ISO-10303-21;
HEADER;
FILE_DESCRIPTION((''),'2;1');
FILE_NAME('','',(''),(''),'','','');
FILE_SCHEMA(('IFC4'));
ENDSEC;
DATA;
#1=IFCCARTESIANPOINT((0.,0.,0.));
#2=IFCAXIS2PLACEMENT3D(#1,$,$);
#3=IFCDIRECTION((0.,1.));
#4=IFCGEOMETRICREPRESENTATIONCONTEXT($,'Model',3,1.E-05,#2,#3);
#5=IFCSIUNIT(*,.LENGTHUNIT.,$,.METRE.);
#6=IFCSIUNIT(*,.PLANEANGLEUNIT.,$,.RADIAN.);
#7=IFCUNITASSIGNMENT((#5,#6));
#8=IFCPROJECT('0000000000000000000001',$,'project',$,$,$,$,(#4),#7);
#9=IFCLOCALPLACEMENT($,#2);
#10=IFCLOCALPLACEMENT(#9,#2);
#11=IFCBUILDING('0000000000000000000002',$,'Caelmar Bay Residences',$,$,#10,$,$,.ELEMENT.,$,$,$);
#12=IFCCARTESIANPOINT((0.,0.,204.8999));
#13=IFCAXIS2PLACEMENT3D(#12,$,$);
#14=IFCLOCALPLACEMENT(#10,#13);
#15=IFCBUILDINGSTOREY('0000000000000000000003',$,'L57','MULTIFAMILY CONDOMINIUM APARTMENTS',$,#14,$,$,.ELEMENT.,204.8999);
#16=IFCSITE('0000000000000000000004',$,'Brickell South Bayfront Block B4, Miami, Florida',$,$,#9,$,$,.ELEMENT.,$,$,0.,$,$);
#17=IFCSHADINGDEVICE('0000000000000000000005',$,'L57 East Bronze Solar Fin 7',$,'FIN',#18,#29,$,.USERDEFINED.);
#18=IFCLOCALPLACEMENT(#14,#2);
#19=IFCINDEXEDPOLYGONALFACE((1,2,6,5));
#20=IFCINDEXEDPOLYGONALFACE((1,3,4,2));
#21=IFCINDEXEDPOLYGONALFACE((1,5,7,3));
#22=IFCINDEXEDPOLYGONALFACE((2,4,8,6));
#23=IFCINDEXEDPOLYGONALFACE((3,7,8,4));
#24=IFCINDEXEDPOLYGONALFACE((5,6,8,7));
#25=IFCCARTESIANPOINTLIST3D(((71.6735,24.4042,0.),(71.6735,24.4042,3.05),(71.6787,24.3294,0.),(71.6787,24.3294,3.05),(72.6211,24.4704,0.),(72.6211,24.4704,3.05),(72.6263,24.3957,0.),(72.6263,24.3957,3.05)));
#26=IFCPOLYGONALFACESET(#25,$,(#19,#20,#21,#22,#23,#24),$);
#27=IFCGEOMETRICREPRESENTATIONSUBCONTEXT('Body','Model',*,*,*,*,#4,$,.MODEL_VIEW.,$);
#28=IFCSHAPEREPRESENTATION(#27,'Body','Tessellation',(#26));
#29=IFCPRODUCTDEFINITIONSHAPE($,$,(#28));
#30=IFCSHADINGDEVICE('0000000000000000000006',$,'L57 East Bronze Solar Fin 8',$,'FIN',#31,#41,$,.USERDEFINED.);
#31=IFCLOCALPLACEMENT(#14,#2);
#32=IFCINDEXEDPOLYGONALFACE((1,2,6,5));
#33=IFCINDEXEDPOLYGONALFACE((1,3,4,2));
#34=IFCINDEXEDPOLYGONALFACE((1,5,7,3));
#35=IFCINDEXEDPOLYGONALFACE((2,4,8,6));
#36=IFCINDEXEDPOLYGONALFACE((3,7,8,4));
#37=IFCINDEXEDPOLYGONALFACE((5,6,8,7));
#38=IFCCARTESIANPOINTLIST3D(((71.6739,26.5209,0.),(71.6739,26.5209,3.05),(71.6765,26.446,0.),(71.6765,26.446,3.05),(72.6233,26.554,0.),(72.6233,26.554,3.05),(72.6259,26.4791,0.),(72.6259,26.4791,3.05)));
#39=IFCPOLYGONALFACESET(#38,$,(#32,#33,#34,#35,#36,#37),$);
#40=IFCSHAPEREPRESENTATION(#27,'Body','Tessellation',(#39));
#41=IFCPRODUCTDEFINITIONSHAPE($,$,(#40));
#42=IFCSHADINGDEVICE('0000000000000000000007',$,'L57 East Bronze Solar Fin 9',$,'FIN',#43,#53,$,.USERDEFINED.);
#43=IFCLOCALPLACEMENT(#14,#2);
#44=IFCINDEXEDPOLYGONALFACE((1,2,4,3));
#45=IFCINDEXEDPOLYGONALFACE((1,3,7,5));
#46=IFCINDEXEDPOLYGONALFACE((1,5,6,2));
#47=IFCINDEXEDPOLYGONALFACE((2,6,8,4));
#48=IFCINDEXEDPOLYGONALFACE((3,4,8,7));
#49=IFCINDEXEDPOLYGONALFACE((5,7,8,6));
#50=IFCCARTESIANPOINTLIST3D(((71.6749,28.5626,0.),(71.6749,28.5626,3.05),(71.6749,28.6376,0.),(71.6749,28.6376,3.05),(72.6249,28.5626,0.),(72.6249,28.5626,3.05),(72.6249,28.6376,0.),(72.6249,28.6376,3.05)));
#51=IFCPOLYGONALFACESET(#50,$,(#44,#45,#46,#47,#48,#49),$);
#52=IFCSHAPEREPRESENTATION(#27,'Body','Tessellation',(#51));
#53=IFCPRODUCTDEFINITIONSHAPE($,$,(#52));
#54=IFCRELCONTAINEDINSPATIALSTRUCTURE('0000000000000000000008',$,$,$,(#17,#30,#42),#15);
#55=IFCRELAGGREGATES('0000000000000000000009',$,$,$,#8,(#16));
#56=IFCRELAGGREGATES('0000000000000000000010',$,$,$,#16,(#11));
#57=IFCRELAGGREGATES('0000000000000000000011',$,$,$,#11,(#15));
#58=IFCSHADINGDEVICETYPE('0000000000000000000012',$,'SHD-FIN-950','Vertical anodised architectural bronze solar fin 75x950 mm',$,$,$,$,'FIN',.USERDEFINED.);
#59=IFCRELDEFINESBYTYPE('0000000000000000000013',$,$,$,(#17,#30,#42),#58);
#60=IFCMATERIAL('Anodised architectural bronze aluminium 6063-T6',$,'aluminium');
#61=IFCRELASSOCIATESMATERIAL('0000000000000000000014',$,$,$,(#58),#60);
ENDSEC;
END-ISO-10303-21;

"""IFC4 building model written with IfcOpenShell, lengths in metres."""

from ifc_helpers import new_model, si_unit, direction, frame, origin, origin_2d, place, context, subcontext, project, spatial, rectangle, extrude, material, material_profile, profile_set, type_object, element, save


model = new_model("IFC4")

# Units and contexts
model_context = context("Model", 3, precision=1e-05, world=origin(), true_north=direction((0.0, 1.0)))
body_context = subcontext(model_context, "Body", "Model", "MODEL_VIEW")
ifc_project = project(units=[si_unit("LENGTHUNIT", "METRE"), si_unit("PLANEANGLEUNIT", "RADIAN")], contexts=[model_context])

# Site, building, storey
site_placement = place(None, origin())
site = spatial("IfcSite", under=ifc_project, at=site_placement, Name="Brickell South Bayfront Block B4, Miami, Florida", CompositionType="ELEMENT", RefElevation=0.0)
building_placement = place(site_placement, origin())
building = spatial("IfcBuilding", under=site, at=building_placement, Name="Caelmar Bay Residences", CompositionType="ELEMENT")
storey_placement = place(building_placement, frame((0.0, 0.0, 204.8999)))
storey = spatial("IfcBuildingStorey", under=building, at=storey_placement, Name="L57", Description="MULTIFAMILY CONDOMINIUM APARTMENTS", CompositionType="ELEMENT", Elevation=204.8999)

# Shading devices
ifc_material_1 = material(Name="Anodised architectural bronze aluminium 6063-T6", Category="aluminium")
ifc_material_profile_1 = material_profile(ifc_material_1, rectangle(XDim=0.075, YDim=0.95, at=origin_2d()), Name="BRONZE-FIN-75X950")
ifc_profile_set_1 = profile_set([ifc_material_profile_1], Name="Anodised architectural bronze aluminium 6063-T6")
shading_device_type = type_object("IfcShadingDeviceType", Name="SHD-FIN-950", Description="Vertical anodised architectural bronze solar fin 75x950 mm", ElementType="FIN", PredefinedType="USERDEFINED", material=ifc_profile_set_1)
for number, where, z_axis, x_axis, name in (
    (1, (72.1499, 24.3999, 0.0), (0.0, 0.0, 1.0), (-0.069756, 0.997564, 0.0), "L57 East Bronze Solar Fin 7"),
    (2, (72.1499, 26.5, 0.0), (0.0, 0.0, 1.0), (-0.034899, 0.999391, 0.0), "L57 East Bronze Solar Fin 8"),
    (3, (72.1499, 28.6001, 0.0), (0.0, 0.0, 1.0), (0.0, 1.0, 0.0), "L57 East Bronze Solar Fin 9"),
):
    element("IfcShadingDevice", number, at=place(storey_placement, frame(where, z_axis=z_axis, x_axis=x_axis)), inside=storey, type_object=shading_device_type, Name=name, ObjectType="FIN", PredefinedType="USERDEFINED", context=body_context, shape_type="SweptSolid", body=[
        extrude(rectangle(XDim=0.075, YDim=0.95, at=origin_2d()), origin(), (0.0, 0.0, 1.0), 3.05),
    ])

save(model, "model.ifc")
